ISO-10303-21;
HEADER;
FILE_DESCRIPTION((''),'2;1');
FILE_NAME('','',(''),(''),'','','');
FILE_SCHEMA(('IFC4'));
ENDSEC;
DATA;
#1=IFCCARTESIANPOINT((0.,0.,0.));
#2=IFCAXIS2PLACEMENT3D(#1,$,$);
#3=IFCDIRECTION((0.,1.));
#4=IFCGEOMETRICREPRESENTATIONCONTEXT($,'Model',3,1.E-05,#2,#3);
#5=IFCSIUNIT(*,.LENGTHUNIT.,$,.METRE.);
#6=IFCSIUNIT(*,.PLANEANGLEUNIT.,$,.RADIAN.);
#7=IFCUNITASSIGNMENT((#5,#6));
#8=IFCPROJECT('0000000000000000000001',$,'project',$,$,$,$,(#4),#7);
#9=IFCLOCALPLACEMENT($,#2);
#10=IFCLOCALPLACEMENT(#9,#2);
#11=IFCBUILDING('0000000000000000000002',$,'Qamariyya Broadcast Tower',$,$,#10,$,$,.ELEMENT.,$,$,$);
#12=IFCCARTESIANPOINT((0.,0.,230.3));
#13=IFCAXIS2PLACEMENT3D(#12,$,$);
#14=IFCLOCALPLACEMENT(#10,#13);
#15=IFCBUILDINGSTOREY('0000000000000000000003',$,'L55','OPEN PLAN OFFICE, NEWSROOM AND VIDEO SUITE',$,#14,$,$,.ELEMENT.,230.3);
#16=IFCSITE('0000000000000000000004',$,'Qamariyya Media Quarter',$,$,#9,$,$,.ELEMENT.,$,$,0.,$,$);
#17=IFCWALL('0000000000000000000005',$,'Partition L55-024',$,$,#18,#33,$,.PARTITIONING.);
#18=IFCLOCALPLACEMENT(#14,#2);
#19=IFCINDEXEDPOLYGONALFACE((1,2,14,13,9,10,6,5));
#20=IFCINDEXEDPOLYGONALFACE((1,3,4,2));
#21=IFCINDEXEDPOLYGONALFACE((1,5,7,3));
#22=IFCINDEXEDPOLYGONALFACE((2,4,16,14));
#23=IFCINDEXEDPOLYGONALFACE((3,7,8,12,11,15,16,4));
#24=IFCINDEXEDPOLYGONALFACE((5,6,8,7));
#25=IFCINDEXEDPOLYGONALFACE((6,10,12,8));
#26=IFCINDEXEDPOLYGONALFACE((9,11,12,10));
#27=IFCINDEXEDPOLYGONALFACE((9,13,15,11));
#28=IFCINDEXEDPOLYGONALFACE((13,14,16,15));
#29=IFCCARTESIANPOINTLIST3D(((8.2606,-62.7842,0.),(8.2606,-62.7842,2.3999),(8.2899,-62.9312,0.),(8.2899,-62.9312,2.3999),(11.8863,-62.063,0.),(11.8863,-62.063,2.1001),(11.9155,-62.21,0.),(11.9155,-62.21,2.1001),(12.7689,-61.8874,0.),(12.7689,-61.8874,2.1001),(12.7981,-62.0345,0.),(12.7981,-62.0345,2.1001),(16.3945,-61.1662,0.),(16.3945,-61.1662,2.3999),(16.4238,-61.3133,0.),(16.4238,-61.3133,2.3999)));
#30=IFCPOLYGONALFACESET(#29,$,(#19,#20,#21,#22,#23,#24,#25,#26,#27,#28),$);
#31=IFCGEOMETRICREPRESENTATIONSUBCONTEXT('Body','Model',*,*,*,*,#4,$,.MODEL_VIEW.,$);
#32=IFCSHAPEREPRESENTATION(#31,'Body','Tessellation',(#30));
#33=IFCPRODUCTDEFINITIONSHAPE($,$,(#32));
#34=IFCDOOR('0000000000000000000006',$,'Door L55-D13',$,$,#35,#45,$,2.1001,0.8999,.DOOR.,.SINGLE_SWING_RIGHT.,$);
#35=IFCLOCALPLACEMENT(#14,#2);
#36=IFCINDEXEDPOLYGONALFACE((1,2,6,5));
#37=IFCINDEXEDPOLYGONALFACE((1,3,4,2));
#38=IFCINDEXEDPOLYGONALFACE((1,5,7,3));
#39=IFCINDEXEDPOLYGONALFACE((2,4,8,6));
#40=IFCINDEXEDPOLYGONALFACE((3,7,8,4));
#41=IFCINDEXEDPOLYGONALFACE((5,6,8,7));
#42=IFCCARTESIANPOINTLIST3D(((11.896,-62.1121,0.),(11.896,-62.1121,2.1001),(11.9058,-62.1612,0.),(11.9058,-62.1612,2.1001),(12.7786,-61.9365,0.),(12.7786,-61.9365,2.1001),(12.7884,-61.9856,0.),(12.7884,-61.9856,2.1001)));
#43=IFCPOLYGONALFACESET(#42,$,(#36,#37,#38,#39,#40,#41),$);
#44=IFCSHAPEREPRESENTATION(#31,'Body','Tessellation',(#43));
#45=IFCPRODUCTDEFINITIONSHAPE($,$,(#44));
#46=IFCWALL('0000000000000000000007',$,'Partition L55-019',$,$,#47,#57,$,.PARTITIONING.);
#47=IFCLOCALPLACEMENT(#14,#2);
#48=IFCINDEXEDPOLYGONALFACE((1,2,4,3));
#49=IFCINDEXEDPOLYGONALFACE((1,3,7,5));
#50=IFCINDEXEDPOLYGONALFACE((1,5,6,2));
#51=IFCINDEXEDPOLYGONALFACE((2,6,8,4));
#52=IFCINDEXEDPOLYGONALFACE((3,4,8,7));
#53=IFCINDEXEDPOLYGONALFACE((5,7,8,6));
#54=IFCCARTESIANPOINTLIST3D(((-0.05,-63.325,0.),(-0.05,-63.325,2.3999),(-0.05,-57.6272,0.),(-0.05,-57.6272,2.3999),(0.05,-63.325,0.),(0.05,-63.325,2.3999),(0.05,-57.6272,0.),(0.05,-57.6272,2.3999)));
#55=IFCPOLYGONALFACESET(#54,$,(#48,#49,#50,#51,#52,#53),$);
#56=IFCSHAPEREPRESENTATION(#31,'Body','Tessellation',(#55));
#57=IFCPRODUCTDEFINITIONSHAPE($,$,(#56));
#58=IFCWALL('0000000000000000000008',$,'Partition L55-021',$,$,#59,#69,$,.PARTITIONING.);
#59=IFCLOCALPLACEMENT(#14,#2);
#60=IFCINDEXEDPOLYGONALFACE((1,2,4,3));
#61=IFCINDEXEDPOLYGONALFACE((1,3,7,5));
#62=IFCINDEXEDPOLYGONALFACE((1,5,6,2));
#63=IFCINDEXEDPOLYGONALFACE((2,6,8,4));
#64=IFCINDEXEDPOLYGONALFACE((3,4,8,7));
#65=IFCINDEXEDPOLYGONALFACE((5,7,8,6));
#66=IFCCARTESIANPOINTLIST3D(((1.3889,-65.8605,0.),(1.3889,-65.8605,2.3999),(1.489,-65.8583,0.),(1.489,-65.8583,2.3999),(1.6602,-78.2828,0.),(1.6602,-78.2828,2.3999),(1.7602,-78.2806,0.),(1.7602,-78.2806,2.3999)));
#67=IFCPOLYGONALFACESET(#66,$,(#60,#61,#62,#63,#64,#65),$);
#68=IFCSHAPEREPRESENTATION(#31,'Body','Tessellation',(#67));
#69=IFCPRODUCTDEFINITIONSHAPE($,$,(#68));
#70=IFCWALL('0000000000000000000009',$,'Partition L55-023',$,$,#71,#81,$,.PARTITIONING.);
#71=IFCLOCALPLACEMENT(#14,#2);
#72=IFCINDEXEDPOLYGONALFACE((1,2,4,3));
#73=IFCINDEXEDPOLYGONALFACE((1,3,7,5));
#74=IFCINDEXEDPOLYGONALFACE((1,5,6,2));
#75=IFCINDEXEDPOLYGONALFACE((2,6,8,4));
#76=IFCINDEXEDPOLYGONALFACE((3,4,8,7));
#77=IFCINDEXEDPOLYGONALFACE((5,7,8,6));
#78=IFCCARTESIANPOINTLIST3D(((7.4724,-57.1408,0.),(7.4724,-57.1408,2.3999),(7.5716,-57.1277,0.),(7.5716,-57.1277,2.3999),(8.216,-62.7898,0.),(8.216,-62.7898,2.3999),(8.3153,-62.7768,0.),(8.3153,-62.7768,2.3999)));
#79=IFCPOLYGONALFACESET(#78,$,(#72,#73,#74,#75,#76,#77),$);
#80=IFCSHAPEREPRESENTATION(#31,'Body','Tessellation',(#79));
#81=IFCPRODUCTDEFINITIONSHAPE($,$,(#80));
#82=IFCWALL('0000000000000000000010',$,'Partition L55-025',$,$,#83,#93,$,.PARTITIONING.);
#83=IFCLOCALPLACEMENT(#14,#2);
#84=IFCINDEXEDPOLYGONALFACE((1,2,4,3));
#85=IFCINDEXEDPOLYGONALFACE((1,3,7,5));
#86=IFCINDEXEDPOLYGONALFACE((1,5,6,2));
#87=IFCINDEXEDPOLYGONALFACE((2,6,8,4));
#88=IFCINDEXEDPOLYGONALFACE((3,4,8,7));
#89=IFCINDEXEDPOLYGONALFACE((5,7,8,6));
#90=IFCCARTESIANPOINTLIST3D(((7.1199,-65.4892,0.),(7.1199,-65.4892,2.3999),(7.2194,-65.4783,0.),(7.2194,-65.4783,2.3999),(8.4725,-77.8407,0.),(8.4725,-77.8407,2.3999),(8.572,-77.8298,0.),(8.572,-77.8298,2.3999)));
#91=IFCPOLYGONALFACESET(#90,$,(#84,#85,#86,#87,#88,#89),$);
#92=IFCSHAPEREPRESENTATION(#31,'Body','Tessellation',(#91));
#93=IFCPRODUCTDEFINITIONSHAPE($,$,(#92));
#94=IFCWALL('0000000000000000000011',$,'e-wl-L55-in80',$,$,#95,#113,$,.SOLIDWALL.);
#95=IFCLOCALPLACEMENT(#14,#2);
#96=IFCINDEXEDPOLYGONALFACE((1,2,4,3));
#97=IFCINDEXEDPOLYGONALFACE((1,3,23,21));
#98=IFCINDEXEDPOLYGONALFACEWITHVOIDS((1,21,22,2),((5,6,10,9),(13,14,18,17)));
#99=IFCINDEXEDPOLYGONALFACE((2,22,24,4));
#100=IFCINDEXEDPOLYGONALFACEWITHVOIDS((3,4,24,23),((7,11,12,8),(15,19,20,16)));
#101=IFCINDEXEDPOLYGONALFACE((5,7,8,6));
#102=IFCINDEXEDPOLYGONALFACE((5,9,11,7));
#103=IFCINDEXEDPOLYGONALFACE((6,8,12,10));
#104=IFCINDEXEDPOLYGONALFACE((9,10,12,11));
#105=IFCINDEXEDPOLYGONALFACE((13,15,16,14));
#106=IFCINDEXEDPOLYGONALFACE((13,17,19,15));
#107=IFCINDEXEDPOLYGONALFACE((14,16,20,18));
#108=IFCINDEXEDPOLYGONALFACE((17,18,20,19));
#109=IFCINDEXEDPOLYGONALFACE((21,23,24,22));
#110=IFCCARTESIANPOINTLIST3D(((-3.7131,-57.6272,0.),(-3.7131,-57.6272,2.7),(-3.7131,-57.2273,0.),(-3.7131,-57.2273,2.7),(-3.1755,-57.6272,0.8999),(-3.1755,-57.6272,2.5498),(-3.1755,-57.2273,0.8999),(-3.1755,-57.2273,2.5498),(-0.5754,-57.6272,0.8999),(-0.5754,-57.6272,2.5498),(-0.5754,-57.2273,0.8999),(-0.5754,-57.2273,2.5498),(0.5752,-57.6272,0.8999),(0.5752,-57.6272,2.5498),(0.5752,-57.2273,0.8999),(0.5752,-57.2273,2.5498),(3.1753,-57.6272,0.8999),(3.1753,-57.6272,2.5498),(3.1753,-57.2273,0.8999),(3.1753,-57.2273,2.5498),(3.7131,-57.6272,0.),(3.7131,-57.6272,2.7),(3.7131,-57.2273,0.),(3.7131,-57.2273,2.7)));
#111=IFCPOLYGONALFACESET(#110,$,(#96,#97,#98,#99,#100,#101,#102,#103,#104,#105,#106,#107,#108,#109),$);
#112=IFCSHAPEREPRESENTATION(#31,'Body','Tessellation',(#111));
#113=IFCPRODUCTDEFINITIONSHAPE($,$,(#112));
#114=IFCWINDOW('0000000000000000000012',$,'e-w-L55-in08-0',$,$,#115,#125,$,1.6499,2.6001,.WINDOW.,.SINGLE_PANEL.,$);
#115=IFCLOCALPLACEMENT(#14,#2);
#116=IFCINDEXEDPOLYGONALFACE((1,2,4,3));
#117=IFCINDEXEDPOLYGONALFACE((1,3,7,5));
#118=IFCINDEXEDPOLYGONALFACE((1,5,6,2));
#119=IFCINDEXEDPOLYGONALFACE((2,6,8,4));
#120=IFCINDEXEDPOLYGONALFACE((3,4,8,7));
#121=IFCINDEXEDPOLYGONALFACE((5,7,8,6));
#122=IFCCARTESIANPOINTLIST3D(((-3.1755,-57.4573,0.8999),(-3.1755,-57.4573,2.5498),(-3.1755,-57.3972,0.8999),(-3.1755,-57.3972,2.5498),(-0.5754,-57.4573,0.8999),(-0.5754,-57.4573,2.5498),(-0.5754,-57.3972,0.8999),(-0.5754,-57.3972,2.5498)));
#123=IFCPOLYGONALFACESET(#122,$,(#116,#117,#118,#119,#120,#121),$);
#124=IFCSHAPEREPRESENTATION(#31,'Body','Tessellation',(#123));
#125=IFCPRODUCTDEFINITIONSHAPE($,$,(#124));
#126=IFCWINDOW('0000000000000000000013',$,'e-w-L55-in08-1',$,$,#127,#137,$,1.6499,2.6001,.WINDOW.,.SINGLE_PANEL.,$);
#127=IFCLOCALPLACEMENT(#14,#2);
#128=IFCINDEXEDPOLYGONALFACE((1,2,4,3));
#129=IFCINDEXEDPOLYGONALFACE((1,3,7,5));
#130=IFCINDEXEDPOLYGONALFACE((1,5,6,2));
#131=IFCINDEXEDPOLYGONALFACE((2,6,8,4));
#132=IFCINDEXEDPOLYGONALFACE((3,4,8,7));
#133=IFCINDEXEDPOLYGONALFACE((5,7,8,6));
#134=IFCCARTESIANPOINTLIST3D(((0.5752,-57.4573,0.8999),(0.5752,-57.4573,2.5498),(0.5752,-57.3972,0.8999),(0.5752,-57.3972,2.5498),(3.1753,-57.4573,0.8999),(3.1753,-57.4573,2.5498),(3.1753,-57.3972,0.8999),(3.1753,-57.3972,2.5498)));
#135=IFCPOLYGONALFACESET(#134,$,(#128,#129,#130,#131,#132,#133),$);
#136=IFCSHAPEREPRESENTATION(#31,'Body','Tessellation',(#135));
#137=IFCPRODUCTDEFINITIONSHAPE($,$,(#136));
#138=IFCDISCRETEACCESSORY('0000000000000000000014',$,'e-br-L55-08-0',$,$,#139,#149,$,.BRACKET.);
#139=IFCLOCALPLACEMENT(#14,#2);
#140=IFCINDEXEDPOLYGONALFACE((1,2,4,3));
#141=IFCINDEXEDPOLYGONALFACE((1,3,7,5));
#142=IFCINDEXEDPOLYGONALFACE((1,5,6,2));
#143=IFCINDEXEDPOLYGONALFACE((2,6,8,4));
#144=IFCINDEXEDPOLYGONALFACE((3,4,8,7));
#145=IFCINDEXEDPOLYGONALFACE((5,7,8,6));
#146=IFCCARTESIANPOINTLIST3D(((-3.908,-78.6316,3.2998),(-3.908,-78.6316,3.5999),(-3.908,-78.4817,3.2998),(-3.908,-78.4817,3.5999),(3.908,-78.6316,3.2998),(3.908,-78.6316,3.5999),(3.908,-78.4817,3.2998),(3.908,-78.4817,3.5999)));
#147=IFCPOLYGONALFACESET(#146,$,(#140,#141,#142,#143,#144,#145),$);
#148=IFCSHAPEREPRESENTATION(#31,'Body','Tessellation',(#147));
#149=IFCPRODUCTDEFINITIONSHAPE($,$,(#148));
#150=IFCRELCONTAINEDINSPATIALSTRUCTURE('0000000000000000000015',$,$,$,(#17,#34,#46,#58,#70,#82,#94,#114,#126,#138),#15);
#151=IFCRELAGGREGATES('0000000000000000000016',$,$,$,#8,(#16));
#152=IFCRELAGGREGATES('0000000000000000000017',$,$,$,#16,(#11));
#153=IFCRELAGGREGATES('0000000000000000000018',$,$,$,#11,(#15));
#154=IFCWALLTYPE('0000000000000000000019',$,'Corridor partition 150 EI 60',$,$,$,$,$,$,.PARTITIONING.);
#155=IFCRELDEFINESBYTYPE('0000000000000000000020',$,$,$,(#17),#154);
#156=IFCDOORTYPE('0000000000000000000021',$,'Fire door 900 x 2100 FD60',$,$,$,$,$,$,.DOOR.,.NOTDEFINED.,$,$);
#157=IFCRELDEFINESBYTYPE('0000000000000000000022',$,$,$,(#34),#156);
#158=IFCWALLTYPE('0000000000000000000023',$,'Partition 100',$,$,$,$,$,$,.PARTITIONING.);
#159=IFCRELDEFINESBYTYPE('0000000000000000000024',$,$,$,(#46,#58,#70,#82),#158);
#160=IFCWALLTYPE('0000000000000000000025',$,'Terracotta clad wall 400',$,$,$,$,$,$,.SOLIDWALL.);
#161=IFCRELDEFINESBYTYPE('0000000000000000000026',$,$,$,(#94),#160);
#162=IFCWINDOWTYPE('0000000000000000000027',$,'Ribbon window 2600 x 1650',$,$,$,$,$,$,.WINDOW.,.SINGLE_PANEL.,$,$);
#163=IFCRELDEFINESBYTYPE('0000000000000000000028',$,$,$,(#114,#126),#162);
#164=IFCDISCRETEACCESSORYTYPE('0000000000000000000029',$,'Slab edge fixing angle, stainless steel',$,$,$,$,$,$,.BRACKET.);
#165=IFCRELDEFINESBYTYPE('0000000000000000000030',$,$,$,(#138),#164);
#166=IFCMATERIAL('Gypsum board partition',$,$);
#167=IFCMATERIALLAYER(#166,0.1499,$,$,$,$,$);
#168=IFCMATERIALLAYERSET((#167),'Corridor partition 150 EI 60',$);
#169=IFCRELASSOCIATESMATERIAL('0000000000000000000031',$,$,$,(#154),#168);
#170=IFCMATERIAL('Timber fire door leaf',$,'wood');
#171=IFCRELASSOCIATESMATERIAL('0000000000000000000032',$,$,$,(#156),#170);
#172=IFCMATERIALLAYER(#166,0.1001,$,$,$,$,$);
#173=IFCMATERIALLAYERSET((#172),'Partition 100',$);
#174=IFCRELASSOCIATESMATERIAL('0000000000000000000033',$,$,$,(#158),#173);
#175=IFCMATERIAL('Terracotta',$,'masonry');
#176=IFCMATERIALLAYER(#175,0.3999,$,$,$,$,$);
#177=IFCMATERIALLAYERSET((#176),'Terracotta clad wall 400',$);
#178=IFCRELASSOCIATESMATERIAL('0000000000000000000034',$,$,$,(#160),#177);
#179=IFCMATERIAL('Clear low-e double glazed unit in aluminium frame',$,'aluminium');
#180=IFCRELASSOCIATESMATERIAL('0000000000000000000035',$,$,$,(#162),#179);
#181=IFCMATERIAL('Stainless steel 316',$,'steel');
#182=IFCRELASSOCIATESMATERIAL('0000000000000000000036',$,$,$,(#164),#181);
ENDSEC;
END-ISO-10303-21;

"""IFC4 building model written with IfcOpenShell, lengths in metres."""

from ifc_helpers import new_model, si_unit, direction, frame, frame_2d, origin, origin_2d, place, context, subcontext, project, spatial, rectangle, extrude, material, layer, layer_set, type_object, element, fill, save


model = new_model("IFC4")

# Units and contexts
model_context = context("Model", 3, precision=1e-05, world=origin(), true_north=direction((0.0, 1.0)))
body_context = subcontext(model_context, "Body", "Model", "MODEL_VIEW")
ifc_project = project(units=[si_unit("LENGTHUNIT", "METRE"), si_unit("PLANEANGLEUNIT", "RADIAN")], contexts=[model_context])

# Site, building, storey
site_placement = place(None, origin())
site = spatial("IfcSite", under=ifc_project, at=site_placement, Name="Qamariyya Media Quarter", CompositionType="ELEMENT", RefElevation=0.0)
building_placement = place(site_placement, origin())
building = spatial("IfcBuilding", under=site, at=building_placement, Name="Qamariyya Broadcast Tower", CompositionType="ELEMENT")
storey_placement = place(building_placement, frame((0.0, 0.0, 230.3)))
storey = spatial("IfcBuildingStorey", under=building, at=storey_placement, Name="L55", Description="OPEN PLAN OFFICE, NEWSROOM AND VIDEO SUITE", CompositionType="ELEMENT", Elevation=230.3)

# Wall, opening, door
ifc_material_1 = material(Name="Gypsum board partition")
ifc_layer_1 = layer(ifc_material_1, 0.1499)
ifc_layer_set_1 = layer_set([ifc_layer_1], Name="Corridor partition 150 EI 60")
wall_type_1 = type_object("IfcWallType", Name="Corridor partition 150 EI 60", PredefinedType="PARTITIONING", material=ifc_layer_set_1)
ifc_material_2 = material(Name="Timber fire door leaf", Category="wood")
door_type_1 = type_object("IfcDoorType", Name="Fire door 900 x 2100 FD60", OperationType="NOTDEFINED", PredefinedType="DOOR", material=ifc_material_2)
wall_1_placement = place(storey_placement, frame((8.2754, -62.8577, 0.0), z_axis=(0.0, 0.0, 1.0), x_axis=(0.980785, 0.195091, 0.0)))
wall_1 = element("IfcWall", 1, at=wall_1_placement, inside=storey, type_object=wall_type_1, Name="Partition L55-024", PredefinedType="PARTITIONING", context=body_context, shape_type="SweptSolid", body=[
    extrude(rectangle(XDim=8.2932, YDim=0.1499, at=frame_2d((4.1465, 0.0))), origin(), (0.0, 0.0, 1.0), 2.3999),
])
opening_1_placement = place(wall_1_placement, frame((3.6965, 0.0, 0.0)))
opening_1 = element("IfcOpeningElement", 2, at=opening_1_placement, cuts=wall_1, PredefinedType="OPENING", context=body_context, shape_type="SweptSolid", body=[
    extrude(rectangle(XDim=0.8999, YDim=2.1001, at=frame_2d((0.45, 1.05))), frame((0.0, 0.085, 0.0), z_axis=(0.0, -1.0, 0.0), x_axis=(1.0, 0.0, 0.0)), (0.0, 0.0, 1.0), 0.1699),
])
door_1_placement = place(opening_1_placement, origin())
door_1 = element("IfcDoor", 3, at=door_1_placement, inside=storey, type_object=door_type_1, Name="Door L55-D13", OperationType="SINGLE_SWING_RIGHT", OverallHeight=2.1001, OverallWidth=0.8999, PredefinedType="DOOR", context=body_context, shape_type="SweptSolid", body=[
    extrude(rectangle(XDim=0.8999, YDim=2.1001, at=frame_2d((0.45, 1.05))), frame((0.0, 0.0249, 0.0), z_axis=(0.0, -1.0, 0.0), x_axis=(1.0, 0.0, 0.0)), (0.0, 0.0, 1.0), 0.05),
])
fill(opening_1, door_1)

# Walls
ifc_layer_2 = layer(ifc_material_1, 0.1001)
ifc_layer_set_2 = layer_set([ifc_layer_2], Name="Partition 100")
wall_type_2 = type_object("IfcWallType", Name="Partition 100", PredefinedType="PARTITIONING", material=ifc_layer_set_2)
wall_2_placement = place(storey_placement, frame((0.0, -57.6272, 0.0), z_axis=(0.0, 0.0, 1.0), x_axis=(0.0, -1.0, 0.0)))
element("IfcWall", 4, at=wall_2_placement, inside=storey, type_object=wall_type_2, Name="Partition L55-019", PredefinedType="PARTITIONING", context=body_context, shape_type="SweptSolid", body=[
    extrude(rectangle(XDim=5.6978, YDim=0.1001, at=frame_2d((2.8489, 0.0))), origin(), (0.0, 0.0, 1.0), 2.3999),
])
wall_3_placement = place(storey_placement, frame((1.7102, -78.2817, 0.0), z_axis=(0.0, 0.0, 1.0), x_axis=(-0.02183, 0.999762, 0.0)))
element("IfcWall", 5, at=wall_3_placement, inside=storey, type_object=wall_type_2, Name="Partition L55-021", PredefinedType="PARTITIONING", context=body_context, shape_type="SweptSolid", body=[
    extrude(rectangle(XDim=12.4253, YDim=0.1001, at=frame_2d((6.2126, 0.0))), origin(), (0.0, 0.0, 1.0), 2.3999),
])
wall_4_placement = place(storey_placement, frame((7.522, -57.1343, 0.0), z_axis=(0.0, 0.0, 1.0), x_axis=(0.130519, -0.991446, 0.0)))
element("IfcWall", 6, at=wall_4_placement, inside=storey, type_object=wall_type_2, Name="Partition L55-023", PredefinedType="PARTITIONING", context=body_context, shape_type="SweptSolid", body=[
    extrude(rectangle(XDim=5.6978, YDim=0.1001, at=frame_2d((2.8489, 0.0))), origin(), (0.0, 0.0, 1.0), 2.3999),
])
wall_5_placement = place(storey_placement, frame((8.5222, -77.8352, 0.0), z_axis=(0.0, 0.0, 1.0), x_axis=(-0.108853, 0.994058, 0.0)))
element("IfcWall", 7, at=wall_5_placement, inside=storey, type_object=wall_type_2, Name="Partition L55-025", PredefinedType="PARTITIONING", context=body_context, shape_type="SweptSolid", body=[
    extrude(rectangle(XDim=12.4253, YDim=0.1001, at=frame_2d((6.2126, 0.0))), origin(), (0.0, 0.0, 1.0), 2.3999),
])

# Wall, openings, windows
ifc_material_3 = material(Name="Terracotta", Category="masonry")
ifc_layer_3 = layer(ifc_material_3, 0.3999)
ifc_layer_set_3 = layer_set([ifc_layer_3], Name="Terracotta clad wall 400")
wall_type_3 = type_object("IfcWallType", Name="Terracotta clad wall 400", PredefinedType="SOLIDWALL", material=ifc_layer_set_3)
wall_6_placement = place(storey_placement, frame((3.7131, -57.4272, 0.0), z_axis=(0.0, 0.0, 1.0), x_axis=(-1.0, 0.0, 0.0)))
wall_6 = element("IfcWall", 8, at=wall_6_placement, inside=storey, type_object=wall_type_3, Name="e-wl-L55-in80", PredefinedType="SOLIDWALL", context=body_context, shape_type="SweptSolid", body=[
    extrude(rectangle(XDim=7.4263, YDim=0.3999, at=frame_2d((3.7131, 0.0))), origin(), (0.0, 0.0, 1.0), 2.7),
])
opening_2_placement = place(wall_6_placement, frame((4.2886, 0.0, 0.8999)))
opening_2 = element("IfcOpeningElement", 9, at=opening_2_placement, cuts=wall_6, PredefinedType="OPENING", context=body_context, shape_type="SweptSolid", body=[
    extrude(rectangle(XDim=2.6001, YDim=1.6499, at=frame_2d((1.3, 0.825))), frame((0.0, 0.21, 0.0), z_axis=(0.0, -1.0, 0.0), x_axis=(1.0, 0.0, 0.0)), (0.0, 0.0, 1.0), 0.4199),
])
opening_3_placement = place(wall_6_placement, frame((0.5378, 0.0, 0.8999)))
opening_3 = element("IfcOpeningElement", 10, at=opening_3_placement, cuts=wall_6, PredefinedType="OPENING", context=body_context, shape_type="SweptSolid", body=[
    extrude(rectangle(XDim=2.6001, YDim=1.6499, at=frame_2d((1.3, 0.825))), frame((0.0, 0.21, 0.0), z_axis=(0.0, -1.0, 0.0), x_axis=(1.0, 0.0, 0.0)), (0.0, 0.0, 1.0), 0.4199),
])
ifc_material_4 = material(Name="Clear low-e double glazed unit in aluminium frame", Category="aluminium")
window_type = type_object("IfcWindowType", Name="Ribbon window 2600 x 1650", PartitioningType="SINGLE_PANEL", PredefinedType="WINDOW", material=ifc_material_4)
window_1_placement = place(opening_2_placement, origin())
window_1 = element("IfcWindow", 11, at=window_1_placement, inside=storey, type_object=window_type, Name="e-w-L55-in08-0", OverallHeight=1.6499, OverallWidth=2.6001, PartitioningType="SINGLE_PANEL", PredefinedType="WINDOW", context=body_context, shape_type="SweptSolid", body=[
    extrude(rectangle(XDim=2.6001, YDim=1.6499, at=frame_2d((1.3, 0.825))), frame((0.0, 0.03, 0.0), z_axis=(0.0, -1.0, 0.0), x_axis=(1.0, 0.0, 0.0)), (0.0, 0.0, 1.0), 0.0601),
])
fill(opening_2, window_1)
window_2_placement = place(opening_3_placement, origin())
window_2 = element("IfcWindow", 12, at=window_2_placement, inside=storey, type_object=window_type, Name="e-w-L55-in08-1", OverallHeight=1.6499, OverallWidth=2.6001, PartitioningType="SINGLE_PANEL", PredefinedType="WINDOW", context=body_context, shape_type="SweptSolid", body=[
    extrude(rectangle(XDim=2.6001, YDim=1.6499, at=frame_2d((1.3, 0.825))), frame((0.0, 0.03, 0.0), z_axis=(0.0, -1.0, 0.0), x_axis=(1.0, 0.0, 0.0)), (0.0, 0.0, 1.0), 0.0601),
])
fill(opening_3, window_2)

# Discrete accessory
ifc_material_5 = material(Name="Stainless steel 316", Category="steel")
discrete_accessory_type = type_object("IfcDiscreteAccessoryType", Name="Slab edge fixing angle, stainless steel", PredefinedType="BRACKET", material=ifc_material_5)
discrete_accessory_placement = place(storey_placement, frame((0.0, -78.5566, 3.2998), z_axis=(0.0, 0.0, 1.0), x_axis=(1.0, 0.0, 0.0)))
element("IfcDiscreteAccessory", 13, at=discrete_accessory_placement, inside=storey, type_object=discrete_accessory_type, Name="e-br-L55-08-0", PredefinedType="BRACKET", context=body_context, shape_type="SweptSolid", body=[
    extrude(rectangle(XDim=7.8159, YDim=0.1499, at=origin_2d()), origin(), (0.0, 0.0, 1.0), 0.3),
])

save(model, "model.ifc")
